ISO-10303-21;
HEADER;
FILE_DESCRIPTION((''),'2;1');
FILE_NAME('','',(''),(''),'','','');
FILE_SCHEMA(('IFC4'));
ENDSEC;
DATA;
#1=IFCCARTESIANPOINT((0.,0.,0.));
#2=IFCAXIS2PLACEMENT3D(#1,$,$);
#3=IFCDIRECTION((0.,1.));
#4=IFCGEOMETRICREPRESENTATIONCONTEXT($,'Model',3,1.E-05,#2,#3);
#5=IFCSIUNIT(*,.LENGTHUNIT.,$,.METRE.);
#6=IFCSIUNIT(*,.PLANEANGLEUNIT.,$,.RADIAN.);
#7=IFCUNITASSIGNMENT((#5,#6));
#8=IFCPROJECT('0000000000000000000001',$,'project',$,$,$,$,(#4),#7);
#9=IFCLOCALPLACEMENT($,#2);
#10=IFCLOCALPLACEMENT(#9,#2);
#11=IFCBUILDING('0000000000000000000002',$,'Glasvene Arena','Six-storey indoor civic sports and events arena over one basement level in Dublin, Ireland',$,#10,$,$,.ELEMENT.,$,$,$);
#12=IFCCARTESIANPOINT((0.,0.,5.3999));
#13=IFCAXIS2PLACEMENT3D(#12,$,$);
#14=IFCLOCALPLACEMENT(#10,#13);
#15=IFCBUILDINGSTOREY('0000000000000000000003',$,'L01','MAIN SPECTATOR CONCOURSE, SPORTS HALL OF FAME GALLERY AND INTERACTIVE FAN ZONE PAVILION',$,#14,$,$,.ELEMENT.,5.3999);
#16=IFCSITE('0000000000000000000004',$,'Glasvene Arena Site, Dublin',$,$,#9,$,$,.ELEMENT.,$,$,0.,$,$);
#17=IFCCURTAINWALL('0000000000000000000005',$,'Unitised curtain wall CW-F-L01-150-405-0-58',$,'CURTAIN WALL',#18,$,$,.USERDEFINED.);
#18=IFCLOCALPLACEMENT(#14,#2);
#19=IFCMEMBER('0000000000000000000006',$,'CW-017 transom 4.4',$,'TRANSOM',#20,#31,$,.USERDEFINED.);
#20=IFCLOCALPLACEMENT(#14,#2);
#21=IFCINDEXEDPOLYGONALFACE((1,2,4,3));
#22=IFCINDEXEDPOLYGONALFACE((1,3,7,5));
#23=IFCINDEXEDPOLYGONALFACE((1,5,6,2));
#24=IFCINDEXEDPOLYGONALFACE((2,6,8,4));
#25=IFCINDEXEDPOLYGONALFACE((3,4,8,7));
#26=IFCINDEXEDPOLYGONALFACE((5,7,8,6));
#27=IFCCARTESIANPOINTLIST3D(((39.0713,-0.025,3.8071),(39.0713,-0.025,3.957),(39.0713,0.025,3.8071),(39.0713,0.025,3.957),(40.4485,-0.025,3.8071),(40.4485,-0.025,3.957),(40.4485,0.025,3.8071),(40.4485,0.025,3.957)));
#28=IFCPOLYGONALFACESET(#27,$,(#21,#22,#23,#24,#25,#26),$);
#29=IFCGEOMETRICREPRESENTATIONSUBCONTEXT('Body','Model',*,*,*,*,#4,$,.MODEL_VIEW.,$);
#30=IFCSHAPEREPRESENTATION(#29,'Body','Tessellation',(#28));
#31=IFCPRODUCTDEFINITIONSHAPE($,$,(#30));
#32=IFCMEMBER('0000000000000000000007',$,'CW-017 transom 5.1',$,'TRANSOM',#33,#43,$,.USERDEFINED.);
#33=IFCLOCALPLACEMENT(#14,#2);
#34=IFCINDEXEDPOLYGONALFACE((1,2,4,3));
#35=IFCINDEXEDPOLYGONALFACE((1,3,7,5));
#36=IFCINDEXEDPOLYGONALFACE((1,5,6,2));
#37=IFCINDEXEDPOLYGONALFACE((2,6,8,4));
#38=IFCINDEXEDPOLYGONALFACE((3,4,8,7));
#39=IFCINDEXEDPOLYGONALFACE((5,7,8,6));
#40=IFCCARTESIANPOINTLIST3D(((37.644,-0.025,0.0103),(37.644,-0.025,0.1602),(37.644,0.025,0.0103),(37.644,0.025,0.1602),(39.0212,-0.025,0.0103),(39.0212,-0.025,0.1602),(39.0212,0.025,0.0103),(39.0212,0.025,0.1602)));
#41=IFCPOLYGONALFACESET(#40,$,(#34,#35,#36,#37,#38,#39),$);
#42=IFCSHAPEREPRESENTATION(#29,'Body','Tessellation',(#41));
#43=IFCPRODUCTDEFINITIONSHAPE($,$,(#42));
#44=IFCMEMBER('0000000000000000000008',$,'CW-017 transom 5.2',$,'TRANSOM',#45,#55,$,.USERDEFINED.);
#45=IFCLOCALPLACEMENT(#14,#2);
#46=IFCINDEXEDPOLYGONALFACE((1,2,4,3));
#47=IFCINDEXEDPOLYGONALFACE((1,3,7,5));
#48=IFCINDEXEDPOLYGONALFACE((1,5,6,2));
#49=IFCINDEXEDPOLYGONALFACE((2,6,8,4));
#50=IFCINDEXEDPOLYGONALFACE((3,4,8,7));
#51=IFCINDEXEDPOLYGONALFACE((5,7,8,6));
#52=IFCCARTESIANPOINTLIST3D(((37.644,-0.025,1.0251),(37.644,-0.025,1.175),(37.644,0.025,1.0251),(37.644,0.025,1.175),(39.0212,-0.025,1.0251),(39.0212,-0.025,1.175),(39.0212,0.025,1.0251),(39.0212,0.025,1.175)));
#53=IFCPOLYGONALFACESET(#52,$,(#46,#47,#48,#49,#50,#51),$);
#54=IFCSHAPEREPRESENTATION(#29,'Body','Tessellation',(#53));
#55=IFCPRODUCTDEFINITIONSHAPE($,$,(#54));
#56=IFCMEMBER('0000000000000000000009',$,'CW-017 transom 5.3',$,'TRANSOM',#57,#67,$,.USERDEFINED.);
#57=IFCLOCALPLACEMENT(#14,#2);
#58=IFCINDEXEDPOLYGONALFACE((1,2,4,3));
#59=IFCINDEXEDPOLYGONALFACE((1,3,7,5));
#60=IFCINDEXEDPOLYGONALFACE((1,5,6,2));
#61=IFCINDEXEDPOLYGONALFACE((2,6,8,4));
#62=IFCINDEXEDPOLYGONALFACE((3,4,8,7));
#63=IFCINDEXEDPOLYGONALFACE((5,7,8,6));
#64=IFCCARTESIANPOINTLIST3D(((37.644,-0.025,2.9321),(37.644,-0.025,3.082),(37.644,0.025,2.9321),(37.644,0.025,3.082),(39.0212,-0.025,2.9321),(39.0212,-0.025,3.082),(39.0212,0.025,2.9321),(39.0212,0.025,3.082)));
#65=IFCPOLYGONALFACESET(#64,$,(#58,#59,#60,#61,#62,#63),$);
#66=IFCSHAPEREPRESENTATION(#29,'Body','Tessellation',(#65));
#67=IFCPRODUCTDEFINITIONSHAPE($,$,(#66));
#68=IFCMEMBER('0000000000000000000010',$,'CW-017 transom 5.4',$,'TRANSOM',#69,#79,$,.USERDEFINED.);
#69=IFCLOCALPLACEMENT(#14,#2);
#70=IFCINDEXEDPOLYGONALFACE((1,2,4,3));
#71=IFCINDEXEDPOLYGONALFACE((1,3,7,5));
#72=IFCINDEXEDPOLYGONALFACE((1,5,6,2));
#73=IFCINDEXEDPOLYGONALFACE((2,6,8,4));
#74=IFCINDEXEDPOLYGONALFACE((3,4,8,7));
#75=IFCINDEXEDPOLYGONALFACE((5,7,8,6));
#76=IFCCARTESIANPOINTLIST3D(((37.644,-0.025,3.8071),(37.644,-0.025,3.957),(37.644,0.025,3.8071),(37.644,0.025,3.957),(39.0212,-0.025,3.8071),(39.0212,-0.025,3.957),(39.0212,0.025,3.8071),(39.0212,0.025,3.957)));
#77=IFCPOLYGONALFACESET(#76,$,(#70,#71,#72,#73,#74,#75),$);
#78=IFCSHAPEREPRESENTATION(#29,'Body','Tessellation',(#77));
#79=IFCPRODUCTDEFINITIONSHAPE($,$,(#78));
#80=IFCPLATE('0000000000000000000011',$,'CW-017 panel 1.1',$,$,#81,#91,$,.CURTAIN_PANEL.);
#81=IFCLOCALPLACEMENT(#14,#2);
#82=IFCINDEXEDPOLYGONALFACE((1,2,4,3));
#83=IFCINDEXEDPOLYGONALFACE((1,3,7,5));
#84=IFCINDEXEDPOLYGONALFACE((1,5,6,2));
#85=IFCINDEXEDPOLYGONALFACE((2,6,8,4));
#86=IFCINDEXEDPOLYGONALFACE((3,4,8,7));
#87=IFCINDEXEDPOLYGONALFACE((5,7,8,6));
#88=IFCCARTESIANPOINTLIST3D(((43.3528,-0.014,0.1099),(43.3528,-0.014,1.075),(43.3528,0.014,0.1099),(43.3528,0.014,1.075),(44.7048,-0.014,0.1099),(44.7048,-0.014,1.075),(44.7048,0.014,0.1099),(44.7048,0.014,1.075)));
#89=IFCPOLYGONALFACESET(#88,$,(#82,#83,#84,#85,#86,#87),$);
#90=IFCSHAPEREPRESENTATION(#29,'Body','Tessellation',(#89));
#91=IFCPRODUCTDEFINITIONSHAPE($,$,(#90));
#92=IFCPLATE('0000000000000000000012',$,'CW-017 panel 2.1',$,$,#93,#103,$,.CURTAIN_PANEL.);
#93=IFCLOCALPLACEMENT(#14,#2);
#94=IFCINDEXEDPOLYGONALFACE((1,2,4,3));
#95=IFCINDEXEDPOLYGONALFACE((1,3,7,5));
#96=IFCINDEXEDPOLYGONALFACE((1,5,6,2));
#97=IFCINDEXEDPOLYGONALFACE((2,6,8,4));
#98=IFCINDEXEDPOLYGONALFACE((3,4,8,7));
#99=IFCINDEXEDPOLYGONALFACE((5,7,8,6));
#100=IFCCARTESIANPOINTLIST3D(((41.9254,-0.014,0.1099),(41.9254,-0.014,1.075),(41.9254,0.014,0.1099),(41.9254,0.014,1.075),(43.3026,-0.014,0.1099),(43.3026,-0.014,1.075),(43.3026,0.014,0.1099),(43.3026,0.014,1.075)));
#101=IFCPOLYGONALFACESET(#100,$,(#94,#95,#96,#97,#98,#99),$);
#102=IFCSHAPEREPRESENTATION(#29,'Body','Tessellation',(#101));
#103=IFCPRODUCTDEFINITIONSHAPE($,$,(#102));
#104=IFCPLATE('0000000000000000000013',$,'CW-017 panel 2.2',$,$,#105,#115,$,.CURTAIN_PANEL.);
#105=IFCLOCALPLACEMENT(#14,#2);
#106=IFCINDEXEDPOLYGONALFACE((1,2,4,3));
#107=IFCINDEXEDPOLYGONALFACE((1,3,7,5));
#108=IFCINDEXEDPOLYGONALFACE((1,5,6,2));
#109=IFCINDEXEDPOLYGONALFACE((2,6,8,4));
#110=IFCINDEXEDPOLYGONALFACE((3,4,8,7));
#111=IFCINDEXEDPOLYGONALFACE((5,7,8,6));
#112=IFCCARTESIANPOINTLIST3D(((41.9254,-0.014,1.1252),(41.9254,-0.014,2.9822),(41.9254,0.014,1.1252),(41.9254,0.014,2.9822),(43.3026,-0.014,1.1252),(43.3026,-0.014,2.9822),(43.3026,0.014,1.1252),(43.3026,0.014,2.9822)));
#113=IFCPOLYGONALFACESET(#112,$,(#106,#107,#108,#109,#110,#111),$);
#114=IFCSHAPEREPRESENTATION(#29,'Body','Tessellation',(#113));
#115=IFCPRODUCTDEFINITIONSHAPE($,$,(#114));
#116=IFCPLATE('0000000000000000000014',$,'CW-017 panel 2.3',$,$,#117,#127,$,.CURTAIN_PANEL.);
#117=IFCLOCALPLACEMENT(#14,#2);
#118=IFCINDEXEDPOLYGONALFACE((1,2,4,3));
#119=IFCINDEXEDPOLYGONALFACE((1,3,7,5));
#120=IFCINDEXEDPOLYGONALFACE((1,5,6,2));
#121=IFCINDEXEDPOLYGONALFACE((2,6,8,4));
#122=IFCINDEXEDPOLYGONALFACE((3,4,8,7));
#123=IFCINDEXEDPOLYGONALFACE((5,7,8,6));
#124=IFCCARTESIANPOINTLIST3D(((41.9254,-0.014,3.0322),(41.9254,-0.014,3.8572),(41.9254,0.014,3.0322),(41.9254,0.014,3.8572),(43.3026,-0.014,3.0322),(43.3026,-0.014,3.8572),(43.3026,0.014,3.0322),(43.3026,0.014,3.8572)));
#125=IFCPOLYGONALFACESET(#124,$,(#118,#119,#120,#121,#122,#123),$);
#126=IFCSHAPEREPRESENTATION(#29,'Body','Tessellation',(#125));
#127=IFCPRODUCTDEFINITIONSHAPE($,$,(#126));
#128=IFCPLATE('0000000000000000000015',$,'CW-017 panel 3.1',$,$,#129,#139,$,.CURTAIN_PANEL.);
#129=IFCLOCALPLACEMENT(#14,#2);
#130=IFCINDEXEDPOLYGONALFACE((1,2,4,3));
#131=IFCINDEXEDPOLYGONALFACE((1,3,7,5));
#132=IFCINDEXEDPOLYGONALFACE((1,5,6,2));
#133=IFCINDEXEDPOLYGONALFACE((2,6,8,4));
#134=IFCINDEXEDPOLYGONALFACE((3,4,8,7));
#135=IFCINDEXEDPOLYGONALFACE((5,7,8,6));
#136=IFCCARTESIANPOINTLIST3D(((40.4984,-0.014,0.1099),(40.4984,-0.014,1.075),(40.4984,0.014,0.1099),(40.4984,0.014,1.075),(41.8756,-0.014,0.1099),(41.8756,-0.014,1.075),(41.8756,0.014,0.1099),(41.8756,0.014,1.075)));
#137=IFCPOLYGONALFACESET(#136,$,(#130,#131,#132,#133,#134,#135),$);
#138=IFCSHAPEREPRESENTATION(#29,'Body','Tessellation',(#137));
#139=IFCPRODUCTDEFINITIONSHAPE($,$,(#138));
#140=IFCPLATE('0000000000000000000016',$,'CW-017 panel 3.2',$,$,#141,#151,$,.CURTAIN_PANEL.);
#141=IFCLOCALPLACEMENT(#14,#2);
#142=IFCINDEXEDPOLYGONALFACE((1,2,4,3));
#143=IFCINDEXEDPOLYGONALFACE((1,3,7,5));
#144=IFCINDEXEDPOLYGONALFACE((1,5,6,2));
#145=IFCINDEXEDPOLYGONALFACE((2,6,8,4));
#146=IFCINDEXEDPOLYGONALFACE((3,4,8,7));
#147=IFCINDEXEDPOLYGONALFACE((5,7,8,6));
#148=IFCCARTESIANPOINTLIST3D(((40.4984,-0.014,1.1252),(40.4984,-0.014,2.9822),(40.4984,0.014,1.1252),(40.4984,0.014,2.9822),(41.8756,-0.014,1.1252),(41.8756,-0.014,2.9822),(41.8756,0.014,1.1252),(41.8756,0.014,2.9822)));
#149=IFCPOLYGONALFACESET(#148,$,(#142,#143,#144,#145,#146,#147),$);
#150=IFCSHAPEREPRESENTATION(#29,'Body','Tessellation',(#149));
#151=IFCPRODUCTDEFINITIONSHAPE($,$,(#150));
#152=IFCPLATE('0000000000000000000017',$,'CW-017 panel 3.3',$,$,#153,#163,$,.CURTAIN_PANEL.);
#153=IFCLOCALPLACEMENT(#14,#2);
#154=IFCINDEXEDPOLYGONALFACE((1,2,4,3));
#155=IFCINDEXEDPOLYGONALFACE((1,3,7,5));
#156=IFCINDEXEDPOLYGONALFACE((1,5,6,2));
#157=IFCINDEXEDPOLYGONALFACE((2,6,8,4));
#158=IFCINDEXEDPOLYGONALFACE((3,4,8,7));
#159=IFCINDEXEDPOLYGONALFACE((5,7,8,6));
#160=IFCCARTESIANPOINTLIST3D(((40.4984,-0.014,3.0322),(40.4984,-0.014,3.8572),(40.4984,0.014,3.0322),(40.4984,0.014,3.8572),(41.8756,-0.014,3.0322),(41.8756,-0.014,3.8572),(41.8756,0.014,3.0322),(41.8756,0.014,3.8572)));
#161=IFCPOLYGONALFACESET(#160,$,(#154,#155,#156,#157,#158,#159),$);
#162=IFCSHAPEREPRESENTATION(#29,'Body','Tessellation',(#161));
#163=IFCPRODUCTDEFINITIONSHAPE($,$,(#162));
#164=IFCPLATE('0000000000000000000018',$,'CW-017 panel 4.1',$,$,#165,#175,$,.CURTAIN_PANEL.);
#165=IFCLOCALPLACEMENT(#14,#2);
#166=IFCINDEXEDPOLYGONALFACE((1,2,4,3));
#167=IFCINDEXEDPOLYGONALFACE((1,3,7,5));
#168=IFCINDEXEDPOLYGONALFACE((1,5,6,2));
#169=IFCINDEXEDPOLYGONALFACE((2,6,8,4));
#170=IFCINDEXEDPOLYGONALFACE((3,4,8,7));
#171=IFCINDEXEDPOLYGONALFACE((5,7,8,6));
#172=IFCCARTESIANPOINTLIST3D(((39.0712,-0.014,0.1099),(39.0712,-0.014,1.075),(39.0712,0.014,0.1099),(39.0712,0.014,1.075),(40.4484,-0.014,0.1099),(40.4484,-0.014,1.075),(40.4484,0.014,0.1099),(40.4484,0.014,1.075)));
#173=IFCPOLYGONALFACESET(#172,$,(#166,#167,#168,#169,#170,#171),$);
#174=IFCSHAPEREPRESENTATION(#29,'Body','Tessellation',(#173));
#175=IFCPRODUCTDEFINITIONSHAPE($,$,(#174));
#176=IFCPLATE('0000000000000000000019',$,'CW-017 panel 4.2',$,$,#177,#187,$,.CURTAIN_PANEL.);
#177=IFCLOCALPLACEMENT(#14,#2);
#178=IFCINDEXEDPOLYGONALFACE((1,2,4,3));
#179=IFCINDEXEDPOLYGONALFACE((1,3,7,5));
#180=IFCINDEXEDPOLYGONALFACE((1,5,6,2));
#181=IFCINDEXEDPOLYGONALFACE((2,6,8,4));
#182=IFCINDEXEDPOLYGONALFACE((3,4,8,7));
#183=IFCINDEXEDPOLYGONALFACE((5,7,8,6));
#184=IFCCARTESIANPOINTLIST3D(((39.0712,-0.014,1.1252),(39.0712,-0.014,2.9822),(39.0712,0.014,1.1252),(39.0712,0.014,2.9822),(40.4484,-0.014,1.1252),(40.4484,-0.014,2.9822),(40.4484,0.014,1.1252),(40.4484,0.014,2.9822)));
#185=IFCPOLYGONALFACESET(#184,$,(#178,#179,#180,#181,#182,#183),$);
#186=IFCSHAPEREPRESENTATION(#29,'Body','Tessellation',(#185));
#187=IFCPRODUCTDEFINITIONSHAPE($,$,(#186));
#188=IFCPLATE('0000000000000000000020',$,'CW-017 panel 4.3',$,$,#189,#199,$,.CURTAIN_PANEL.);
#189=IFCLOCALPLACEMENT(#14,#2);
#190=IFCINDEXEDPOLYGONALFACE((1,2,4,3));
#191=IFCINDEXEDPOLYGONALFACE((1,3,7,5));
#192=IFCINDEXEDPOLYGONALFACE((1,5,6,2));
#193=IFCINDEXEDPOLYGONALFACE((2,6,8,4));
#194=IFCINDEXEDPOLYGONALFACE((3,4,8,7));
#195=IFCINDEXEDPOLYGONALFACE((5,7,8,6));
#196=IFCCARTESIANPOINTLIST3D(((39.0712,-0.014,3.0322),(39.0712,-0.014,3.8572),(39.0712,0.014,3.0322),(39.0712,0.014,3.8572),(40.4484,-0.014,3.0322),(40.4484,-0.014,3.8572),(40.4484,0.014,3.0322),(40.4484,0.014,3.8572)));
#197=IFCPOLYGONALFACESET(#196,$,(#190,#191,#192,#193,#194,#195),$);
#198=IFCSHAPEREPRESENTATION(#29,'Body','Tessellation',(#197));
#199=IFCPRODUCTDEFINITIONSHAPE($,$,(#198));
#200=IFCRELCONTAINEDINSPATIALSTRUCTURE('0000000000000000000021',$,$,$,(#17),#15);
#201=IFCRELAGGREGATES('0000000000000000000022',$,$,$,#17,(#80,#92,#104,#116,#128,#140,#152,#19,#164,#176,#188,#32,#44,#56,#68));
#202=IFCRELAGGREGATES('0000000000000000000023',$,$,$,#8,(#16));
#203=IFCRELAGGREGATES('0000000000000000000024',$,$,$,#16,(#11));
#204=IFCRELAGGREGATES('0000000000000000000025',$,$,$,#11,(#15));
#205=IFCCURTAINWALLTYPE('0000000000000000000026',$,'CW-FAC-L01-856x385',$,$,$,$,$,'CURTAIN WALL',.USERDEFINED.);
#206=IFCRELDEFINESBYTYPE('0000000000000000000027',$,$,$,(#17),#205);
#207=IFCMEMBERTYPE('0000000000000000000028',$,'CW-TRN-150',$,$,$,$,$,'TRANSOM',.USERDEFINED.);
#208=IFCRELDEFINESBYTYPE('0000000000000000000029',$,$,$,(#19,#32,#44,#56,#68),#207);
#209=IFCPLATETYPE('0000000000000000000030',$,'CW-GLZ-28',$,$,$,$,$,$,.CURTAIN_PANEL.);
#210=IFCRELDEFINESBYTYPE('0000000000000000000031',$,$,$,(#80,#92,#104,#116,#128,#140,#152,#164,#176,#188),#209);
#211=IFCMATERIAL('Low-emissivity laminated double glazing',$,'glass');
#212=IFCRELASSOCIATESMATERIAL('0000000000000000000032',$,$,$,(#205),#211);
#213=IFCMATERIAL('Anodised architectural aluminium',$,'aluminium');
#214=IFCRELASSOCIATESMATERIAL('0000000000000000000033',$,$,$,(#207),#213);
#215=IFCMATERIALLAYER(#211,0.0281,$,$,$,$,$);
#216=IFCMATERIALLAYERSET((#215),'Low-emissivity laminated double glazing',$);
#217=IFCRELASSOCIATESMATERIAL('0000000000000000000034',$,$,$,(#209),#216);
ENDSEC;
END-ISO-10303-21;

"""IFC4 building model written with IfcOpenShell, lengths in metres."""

from ifc_helpers import new_model, si_unit, direction, frame, origin, origin_2d, place, context, subcontext, project, spatial, rectangle, extrude, material, layer, layer_set, material_profile, profile_set, type_object, element, aggregate, save


model = new_model("IFC4")

# Units and contexts
model_context = context("Model", 3, precision=1e-05, world=origin(), true_north=direction((0.0, 1.0)))
body_context = subcontext(model_context, "Body", "Model", "MODEL_VIEW")
ifc_project = project(units=[si_unit("LENGTHUNIT", "METRE"), si_unit("PLANEANGLEUNIT", "RADIAN")], contexts=[model_context])

# Site, building, storey
site_placement = place(None, origin())
site = spatial("IfcSite", under=ifc_project, at=site_placement, Name="Glasvene Arena Site, Dublin", CompositionType="ELEMENT", RefElevation=0.0)
building_placement = place(site_placement, origin())
building = spatial("IfcBuilding", under=site, at=building_placement, Name="Glasvene Arena", Description="Six-storey indoor civic sports and events arena over one basement level in Dublin, Ireland", CompositionType="ELEMENT")
storey_placement = place(building_placement, frame((0.0, 0.0, 5.3999)))
storey = spatial("IfcBuildingStorey", under=building, at=storey_placement, Name="L01", Description="MAIN SPECTATOR CONCOURSE, SPORTS HALL OF FAME GALLERY AND INTERACTIVE FAN ZONE PAVILION", CompositionType="ELEMENT", Elevation=5.3999)

# Curtain wall, members, plates
ifc_material_1 = material(Name="Low-emissivity laminated double glazing", Category="glass")
curtain_wall_type = type_object("IfcCurtainWallType", Name="CW-FAC-L01-856x385", ElementType="CURTAIN WALL", PredefinedType="USERDEFINED", material=ifc_material_1)
curtain_wall_placement = place(storey_placement, frame((44.7549, 0.0, 0.0)))
curtain_wall = element("IfcCurtainWall", 1, at=curtain_wall_placement, inside=storey, type_object=curtain_wall_type, Name="Unitised curtain wall CW-F-L01-150-405-0-58", ObjectType="CURTAIN WALL", PredefinedType="USERDEFINED")
ifc_material_2 = material(Name="Anodised architectural aluminium", Category="aluminium")
ifc_material_profile_1 = material_profile(ifc_material_2, rectangle(XDim=0.05, YDim=0.1499, at=origin_2d()), Name="ALU TRANSOM 50x150")
ifc_profile_set_1 = profile_set([ifc_material_profile_1], Name="Anodised architectural aluminium")
member_type_1 = type_object("IfcMemberType", Name="CW-TRN-150", ElementType="TRANSOM", PredefinedType="USERDEFINED", material=ifc_profile_set_1)
member_1_placement = place(storey_placement, frame((40.4485, 0.0, 3.8821), z_axis=(-1.0, 0.0, 0.0), x_axis=(0.0, -1.0, 0.0)))
member_1 = element("IfcMember", 2, at=member_1_placement, type_object=member_type_1, Name="CW-017 transom 4.4", ObjectType="TRANSOM", PredefinedType="USERDEFINED", context=body_context, shape_type="SweptSolid", body=[
    extrude(rectangle(XDim=0.05, YDim=0.1499, at=origin_2d()), origin(), (0.0, 0.0, 1.0), 1.3772),
])
member_2_placement = place(storey_placement, frame((39.0212, 0.0, 0.0852), z_axis=(-1.0, 0.0, 0.0), x_axis=(0.0, -1.0, 0.0)))
member_2 = element("IfcMember", 3, at=member_2_placement, type_object=member_type_1, Name="CW-017 transom 5.1", ObjectType="TRANSOM", PredefinedType="USERDEFINED", context=body_context, shape_type="SweptSolid", body=[
    extrude(rectangle(XDim=0.05, YDim=0.1499, at=origin_2d()), origin(), (0.0, 0.0, 1.0), 1.3772),
])
member_3_placement = place(storey_placement, frame((39.0212, 0.0, 1.1001), z_axis=(-1.0, 0.0, 0.0), x_axis=(0.0, -1.0, 0.0)))
member_3 = element("IfcMember", 4, at=member_3_placement, type_object=member_type_1, Name="CW-017 transom 5.2", ObjectType="TRANSOM", PredefinedType="USERDEFINED", context=body_context, shape_type="SweptSolid", body=[
    extrude(rectangle(XDim=0.05, YDim=0.1499, at=origin_2d()), origin(), (0.0, 0.0, 1.0), 1.3772),
])
member_4_placement = place(storey_placement, frame((39.0212, 0.0, 3.0071), z_axis=(-1.0, 0.0, 0.0), x_axis=(0.0, -1.0, 0.0)))
member_4 = element("IfcMember", 5, at=member_4_placement, type_object=member_type_1, Name="CW-017 transom 5.3", ObjectType="TRANSOM", PredefinedType="USERDEFINED", context=body_context, shape_type="SweptSolid", body=[
    extrude(rectangle(XDim=0.05, YDim=0.1499, at=origin_2d()), origin(), (0.0, 0.0, 1.0), 1.3772),
])
member_5_placement = place(storey_placement, frame((39.0212, 0.0, 3.8821), z_axis=(-1.0, 0.0, 0.0), x_axis=(0.0, -1.0, 0.0)))
member_5 = element("IfcMember", 6, at=member_5_placement, type_object=member_type_1, Name="CW-017 transom 5.4", ObjectType="TRANSOM", PredefinedType="USERDEFINED", context=body_context, shape_type="SweptSolid", body=[
    extrude(rectangle(XDim=0.05, YDim=0.1499, at=origin_2d()), origin(), (0.0, 0.0, 1.0), 1.3772),
])
ifc_layer = layer(ifc_material_1, 0.0281)
ifc_layer_set = layer_set([ifc_layer], Name="Low-emissivity laminated double glazing")
plate_type = type_object("IfcPlateType", Name="CW-GLZ-28", PredefinedType="CURTAIN_PANEL", material=ifc_layer_set)
plate_1_placement = place(storey_placement, frame((44.0288, 0.0, 0.1099), z_axis=(0.0, 0.0, 1.0), x_axis=(-1.0, 0.0, 0.0)))
plate_1 = element("IfcPlate", 7, at=plate_1_placement, type_object=plate_type, Name="CW-017 panel 1.1", PredefinedType="CURTAIN_PANEL", context=body_context, shape_type="SweptSolid", body=[
    extrude(rectangle(XDim=1.3521, YDim=0.0281, at=origin_2d()), origin(), (0.0, 0.0, 1.0), 0.9651),
])
plate_2_placement = place(storey_placement, frame((42.614, 0.0, 0.1099), z_axis=(0.0, 0.0, 1.0), x_axis=(-1.0, 0.0, 0.0)))
plate_2 = element("IfcPlate", 8, at=plate_2_placement, type_object=plate_type, Name="CW-017 panel 2.1", PredefinedType="CURTAIN_PANEL", context=body_context, shape_type="SweptSolid", body=[
    extrude(rectangle(XDim=1.3772, YDim=0.0281, at=origin_2d()), origin(), (0.0, 0.0, 1.0), 0.9651),
])
plate_3_placement = place(storey_placement, frame((42.614, 0.0, 1.1252), z_axis=(0.0, 0.0, 1.0), x_axis=(-1.0, 0.0, 0.0)))
plate_3 = element("IfcPlate", 9, at=plate_3_placement, type_object=plate_type, Name="CW-017 panel 2.2", PredefinedType="CURTAIN_PANEL", context=body_context, shape_type="SweptSolid", body=[
    extrude(rectangle(XDim=1.3772, YDim=0.0281, at=origin_2d()), origin(), (0.0, 0.0, 1.0), 1.8569),
])
plate_4_placement = place(storey_placement, frame((42.614, 0.0, 3.0322), z_axis=(0.0, 0.0, 1.0), x_axis=(-1.0, 0.0, 0.0)))
plate_4 = element("IfcPlate", 10, at=plate_4_placement, type_object=plate_type, Name="CW-017 panel 2.3", PredefinedType="CURTAIN_PANEL", context=body_context, shape_type="SweptSolid", body=[
    extrude(rectangle(XDim=1.3772, YDim=0.0281, at=origin_2d()), origin(), (0.0, 0.0, 1.0), 0.825),
])
plate_5_placement = place(storey_placement, frame((41.187, 0.0, 0.1099), z_axis=(0.0, 0.0, 1.0), x_axis=(-1.0, 0.0, 0.0)))
plate_5 = element("IfcPlate", 11, at=plate_5_placement, type_object=plate_type, Name="CW-017 panel 3.1", PredefinedType="CURTAIN_PANEL", context=body_context, shape_type="SweptSolid", body=[
    extrude(rectangle(XDim=1.3772, YDim=0.0281, at=origin_2d()), origin(), (0.0, 0.0, 1.0), 0.9651),
])
plate_6_placement = place(storey_placement, frame((41.187, 0.0, 1.1252), z_axis=(0.0, 0.0, 1.0), x_axis=(-1.0, 0.0, 0.0)))
plate_6 = element("IfcPlate", 12, at=plate_6_placement, type_object=plate_type, Name="CW-017 panel 3.2", PredefinedType="CURTAIN_PANEL", context=body_context, shape_type="SweptSolid", body=[
    extrude(rectangle(XDim=1.3772, YDim=0.0281, at=origin_2d()), origin(), (0.0, 0.0, 1.0), 1.8569),
])
plate_7_placement = place(storey_placement, frame((41.187, 0.0, 3.0322), z_axis=(0.0, 0.0, 1.0), x_axis=(-1.0, 0.0, 0.0)))
plate_7 = element("IfcPlate", 13, at=plate_7_placement, type_object=plate_type, Name="CW-017 panel 3.3", PredefinedType="CURTAIN_PANEL", context=body_context, shape_type="SweptSolid", body=[
    extrude(rectangle(XDim=1.3772, YDim=0.0281, at=origin_2d()), origin(), (0.0, 0.0, 1.0), 0.825),
])
plate_8_placement = place(storey_placement, frame((39.7598, 0.0, 0.1099), z_axis=(0.0, 0.0, 1.0), x_axis=(-1.0, 0.0, 0.0)))
plate_8 = element("IfcPlate", 14, at=plate_8_placement, type_object=plate_type, Name="CW-017 panel 4.1", PredefinedType="CURTAIN_PANEL", context=body_context, shape_type="SweptSolid", body=[
    extrude(rectangle(XDim=1.3772, YDim=0.0281, at=origin_2d()), origin(), (0.0, 0.0, 1.0), 0.9651),
])
plate_9_placement = place(storey_placement, frame((39.7598, 0.0, 1.1252), z_axis=(0.0, 0.0, 1.0), x_axis=(-1.0, 0.0, 0.0)))
plate_9 = element("IfcPlate", 15, at=plate_9_placement, type_object=plate_type, Name="CW-017 panel 4.2", PredefinedType="CURTAIN_PANEL", context=body_context, shape_type="SweptSolid", body=[
    extrude(rectangle(XDim=1.3772, YDim=0.0281, at=origin_2d()), origin(), (0.0, 0.0, 1.0), 1.8569),
])
plate_10_placement = place(storey_placement, frame((39.7598, 0.0, 3.0322), z_axis=(0.0, 0.0, 1.0), x_axis=(-1.0, 0.0, 0.0)))
plate_10 = element("IfcPlate", 16, at=plate_10_placement, type_object=plate_type, Name="CW-017 panel 4.3", PredefinedType="CURTAIN_PANEL", context=body_context, shape_type="SweptSolid", body=[
    extrude(rectangle(XDim=1.3772, YDim=0.0281, at=origin_2d()), origin(), (0.0, 0.0, 1.0), 0.825),
])
aggregate(curtain_wall, [plate_1, plate_2, plate_3, plate_4, plate_5, plate_6, plate_7, member_1, plate_8, plate_9, plate_10, member_2, member_3, member_4, member_5])

save(model, "model.ifc")
